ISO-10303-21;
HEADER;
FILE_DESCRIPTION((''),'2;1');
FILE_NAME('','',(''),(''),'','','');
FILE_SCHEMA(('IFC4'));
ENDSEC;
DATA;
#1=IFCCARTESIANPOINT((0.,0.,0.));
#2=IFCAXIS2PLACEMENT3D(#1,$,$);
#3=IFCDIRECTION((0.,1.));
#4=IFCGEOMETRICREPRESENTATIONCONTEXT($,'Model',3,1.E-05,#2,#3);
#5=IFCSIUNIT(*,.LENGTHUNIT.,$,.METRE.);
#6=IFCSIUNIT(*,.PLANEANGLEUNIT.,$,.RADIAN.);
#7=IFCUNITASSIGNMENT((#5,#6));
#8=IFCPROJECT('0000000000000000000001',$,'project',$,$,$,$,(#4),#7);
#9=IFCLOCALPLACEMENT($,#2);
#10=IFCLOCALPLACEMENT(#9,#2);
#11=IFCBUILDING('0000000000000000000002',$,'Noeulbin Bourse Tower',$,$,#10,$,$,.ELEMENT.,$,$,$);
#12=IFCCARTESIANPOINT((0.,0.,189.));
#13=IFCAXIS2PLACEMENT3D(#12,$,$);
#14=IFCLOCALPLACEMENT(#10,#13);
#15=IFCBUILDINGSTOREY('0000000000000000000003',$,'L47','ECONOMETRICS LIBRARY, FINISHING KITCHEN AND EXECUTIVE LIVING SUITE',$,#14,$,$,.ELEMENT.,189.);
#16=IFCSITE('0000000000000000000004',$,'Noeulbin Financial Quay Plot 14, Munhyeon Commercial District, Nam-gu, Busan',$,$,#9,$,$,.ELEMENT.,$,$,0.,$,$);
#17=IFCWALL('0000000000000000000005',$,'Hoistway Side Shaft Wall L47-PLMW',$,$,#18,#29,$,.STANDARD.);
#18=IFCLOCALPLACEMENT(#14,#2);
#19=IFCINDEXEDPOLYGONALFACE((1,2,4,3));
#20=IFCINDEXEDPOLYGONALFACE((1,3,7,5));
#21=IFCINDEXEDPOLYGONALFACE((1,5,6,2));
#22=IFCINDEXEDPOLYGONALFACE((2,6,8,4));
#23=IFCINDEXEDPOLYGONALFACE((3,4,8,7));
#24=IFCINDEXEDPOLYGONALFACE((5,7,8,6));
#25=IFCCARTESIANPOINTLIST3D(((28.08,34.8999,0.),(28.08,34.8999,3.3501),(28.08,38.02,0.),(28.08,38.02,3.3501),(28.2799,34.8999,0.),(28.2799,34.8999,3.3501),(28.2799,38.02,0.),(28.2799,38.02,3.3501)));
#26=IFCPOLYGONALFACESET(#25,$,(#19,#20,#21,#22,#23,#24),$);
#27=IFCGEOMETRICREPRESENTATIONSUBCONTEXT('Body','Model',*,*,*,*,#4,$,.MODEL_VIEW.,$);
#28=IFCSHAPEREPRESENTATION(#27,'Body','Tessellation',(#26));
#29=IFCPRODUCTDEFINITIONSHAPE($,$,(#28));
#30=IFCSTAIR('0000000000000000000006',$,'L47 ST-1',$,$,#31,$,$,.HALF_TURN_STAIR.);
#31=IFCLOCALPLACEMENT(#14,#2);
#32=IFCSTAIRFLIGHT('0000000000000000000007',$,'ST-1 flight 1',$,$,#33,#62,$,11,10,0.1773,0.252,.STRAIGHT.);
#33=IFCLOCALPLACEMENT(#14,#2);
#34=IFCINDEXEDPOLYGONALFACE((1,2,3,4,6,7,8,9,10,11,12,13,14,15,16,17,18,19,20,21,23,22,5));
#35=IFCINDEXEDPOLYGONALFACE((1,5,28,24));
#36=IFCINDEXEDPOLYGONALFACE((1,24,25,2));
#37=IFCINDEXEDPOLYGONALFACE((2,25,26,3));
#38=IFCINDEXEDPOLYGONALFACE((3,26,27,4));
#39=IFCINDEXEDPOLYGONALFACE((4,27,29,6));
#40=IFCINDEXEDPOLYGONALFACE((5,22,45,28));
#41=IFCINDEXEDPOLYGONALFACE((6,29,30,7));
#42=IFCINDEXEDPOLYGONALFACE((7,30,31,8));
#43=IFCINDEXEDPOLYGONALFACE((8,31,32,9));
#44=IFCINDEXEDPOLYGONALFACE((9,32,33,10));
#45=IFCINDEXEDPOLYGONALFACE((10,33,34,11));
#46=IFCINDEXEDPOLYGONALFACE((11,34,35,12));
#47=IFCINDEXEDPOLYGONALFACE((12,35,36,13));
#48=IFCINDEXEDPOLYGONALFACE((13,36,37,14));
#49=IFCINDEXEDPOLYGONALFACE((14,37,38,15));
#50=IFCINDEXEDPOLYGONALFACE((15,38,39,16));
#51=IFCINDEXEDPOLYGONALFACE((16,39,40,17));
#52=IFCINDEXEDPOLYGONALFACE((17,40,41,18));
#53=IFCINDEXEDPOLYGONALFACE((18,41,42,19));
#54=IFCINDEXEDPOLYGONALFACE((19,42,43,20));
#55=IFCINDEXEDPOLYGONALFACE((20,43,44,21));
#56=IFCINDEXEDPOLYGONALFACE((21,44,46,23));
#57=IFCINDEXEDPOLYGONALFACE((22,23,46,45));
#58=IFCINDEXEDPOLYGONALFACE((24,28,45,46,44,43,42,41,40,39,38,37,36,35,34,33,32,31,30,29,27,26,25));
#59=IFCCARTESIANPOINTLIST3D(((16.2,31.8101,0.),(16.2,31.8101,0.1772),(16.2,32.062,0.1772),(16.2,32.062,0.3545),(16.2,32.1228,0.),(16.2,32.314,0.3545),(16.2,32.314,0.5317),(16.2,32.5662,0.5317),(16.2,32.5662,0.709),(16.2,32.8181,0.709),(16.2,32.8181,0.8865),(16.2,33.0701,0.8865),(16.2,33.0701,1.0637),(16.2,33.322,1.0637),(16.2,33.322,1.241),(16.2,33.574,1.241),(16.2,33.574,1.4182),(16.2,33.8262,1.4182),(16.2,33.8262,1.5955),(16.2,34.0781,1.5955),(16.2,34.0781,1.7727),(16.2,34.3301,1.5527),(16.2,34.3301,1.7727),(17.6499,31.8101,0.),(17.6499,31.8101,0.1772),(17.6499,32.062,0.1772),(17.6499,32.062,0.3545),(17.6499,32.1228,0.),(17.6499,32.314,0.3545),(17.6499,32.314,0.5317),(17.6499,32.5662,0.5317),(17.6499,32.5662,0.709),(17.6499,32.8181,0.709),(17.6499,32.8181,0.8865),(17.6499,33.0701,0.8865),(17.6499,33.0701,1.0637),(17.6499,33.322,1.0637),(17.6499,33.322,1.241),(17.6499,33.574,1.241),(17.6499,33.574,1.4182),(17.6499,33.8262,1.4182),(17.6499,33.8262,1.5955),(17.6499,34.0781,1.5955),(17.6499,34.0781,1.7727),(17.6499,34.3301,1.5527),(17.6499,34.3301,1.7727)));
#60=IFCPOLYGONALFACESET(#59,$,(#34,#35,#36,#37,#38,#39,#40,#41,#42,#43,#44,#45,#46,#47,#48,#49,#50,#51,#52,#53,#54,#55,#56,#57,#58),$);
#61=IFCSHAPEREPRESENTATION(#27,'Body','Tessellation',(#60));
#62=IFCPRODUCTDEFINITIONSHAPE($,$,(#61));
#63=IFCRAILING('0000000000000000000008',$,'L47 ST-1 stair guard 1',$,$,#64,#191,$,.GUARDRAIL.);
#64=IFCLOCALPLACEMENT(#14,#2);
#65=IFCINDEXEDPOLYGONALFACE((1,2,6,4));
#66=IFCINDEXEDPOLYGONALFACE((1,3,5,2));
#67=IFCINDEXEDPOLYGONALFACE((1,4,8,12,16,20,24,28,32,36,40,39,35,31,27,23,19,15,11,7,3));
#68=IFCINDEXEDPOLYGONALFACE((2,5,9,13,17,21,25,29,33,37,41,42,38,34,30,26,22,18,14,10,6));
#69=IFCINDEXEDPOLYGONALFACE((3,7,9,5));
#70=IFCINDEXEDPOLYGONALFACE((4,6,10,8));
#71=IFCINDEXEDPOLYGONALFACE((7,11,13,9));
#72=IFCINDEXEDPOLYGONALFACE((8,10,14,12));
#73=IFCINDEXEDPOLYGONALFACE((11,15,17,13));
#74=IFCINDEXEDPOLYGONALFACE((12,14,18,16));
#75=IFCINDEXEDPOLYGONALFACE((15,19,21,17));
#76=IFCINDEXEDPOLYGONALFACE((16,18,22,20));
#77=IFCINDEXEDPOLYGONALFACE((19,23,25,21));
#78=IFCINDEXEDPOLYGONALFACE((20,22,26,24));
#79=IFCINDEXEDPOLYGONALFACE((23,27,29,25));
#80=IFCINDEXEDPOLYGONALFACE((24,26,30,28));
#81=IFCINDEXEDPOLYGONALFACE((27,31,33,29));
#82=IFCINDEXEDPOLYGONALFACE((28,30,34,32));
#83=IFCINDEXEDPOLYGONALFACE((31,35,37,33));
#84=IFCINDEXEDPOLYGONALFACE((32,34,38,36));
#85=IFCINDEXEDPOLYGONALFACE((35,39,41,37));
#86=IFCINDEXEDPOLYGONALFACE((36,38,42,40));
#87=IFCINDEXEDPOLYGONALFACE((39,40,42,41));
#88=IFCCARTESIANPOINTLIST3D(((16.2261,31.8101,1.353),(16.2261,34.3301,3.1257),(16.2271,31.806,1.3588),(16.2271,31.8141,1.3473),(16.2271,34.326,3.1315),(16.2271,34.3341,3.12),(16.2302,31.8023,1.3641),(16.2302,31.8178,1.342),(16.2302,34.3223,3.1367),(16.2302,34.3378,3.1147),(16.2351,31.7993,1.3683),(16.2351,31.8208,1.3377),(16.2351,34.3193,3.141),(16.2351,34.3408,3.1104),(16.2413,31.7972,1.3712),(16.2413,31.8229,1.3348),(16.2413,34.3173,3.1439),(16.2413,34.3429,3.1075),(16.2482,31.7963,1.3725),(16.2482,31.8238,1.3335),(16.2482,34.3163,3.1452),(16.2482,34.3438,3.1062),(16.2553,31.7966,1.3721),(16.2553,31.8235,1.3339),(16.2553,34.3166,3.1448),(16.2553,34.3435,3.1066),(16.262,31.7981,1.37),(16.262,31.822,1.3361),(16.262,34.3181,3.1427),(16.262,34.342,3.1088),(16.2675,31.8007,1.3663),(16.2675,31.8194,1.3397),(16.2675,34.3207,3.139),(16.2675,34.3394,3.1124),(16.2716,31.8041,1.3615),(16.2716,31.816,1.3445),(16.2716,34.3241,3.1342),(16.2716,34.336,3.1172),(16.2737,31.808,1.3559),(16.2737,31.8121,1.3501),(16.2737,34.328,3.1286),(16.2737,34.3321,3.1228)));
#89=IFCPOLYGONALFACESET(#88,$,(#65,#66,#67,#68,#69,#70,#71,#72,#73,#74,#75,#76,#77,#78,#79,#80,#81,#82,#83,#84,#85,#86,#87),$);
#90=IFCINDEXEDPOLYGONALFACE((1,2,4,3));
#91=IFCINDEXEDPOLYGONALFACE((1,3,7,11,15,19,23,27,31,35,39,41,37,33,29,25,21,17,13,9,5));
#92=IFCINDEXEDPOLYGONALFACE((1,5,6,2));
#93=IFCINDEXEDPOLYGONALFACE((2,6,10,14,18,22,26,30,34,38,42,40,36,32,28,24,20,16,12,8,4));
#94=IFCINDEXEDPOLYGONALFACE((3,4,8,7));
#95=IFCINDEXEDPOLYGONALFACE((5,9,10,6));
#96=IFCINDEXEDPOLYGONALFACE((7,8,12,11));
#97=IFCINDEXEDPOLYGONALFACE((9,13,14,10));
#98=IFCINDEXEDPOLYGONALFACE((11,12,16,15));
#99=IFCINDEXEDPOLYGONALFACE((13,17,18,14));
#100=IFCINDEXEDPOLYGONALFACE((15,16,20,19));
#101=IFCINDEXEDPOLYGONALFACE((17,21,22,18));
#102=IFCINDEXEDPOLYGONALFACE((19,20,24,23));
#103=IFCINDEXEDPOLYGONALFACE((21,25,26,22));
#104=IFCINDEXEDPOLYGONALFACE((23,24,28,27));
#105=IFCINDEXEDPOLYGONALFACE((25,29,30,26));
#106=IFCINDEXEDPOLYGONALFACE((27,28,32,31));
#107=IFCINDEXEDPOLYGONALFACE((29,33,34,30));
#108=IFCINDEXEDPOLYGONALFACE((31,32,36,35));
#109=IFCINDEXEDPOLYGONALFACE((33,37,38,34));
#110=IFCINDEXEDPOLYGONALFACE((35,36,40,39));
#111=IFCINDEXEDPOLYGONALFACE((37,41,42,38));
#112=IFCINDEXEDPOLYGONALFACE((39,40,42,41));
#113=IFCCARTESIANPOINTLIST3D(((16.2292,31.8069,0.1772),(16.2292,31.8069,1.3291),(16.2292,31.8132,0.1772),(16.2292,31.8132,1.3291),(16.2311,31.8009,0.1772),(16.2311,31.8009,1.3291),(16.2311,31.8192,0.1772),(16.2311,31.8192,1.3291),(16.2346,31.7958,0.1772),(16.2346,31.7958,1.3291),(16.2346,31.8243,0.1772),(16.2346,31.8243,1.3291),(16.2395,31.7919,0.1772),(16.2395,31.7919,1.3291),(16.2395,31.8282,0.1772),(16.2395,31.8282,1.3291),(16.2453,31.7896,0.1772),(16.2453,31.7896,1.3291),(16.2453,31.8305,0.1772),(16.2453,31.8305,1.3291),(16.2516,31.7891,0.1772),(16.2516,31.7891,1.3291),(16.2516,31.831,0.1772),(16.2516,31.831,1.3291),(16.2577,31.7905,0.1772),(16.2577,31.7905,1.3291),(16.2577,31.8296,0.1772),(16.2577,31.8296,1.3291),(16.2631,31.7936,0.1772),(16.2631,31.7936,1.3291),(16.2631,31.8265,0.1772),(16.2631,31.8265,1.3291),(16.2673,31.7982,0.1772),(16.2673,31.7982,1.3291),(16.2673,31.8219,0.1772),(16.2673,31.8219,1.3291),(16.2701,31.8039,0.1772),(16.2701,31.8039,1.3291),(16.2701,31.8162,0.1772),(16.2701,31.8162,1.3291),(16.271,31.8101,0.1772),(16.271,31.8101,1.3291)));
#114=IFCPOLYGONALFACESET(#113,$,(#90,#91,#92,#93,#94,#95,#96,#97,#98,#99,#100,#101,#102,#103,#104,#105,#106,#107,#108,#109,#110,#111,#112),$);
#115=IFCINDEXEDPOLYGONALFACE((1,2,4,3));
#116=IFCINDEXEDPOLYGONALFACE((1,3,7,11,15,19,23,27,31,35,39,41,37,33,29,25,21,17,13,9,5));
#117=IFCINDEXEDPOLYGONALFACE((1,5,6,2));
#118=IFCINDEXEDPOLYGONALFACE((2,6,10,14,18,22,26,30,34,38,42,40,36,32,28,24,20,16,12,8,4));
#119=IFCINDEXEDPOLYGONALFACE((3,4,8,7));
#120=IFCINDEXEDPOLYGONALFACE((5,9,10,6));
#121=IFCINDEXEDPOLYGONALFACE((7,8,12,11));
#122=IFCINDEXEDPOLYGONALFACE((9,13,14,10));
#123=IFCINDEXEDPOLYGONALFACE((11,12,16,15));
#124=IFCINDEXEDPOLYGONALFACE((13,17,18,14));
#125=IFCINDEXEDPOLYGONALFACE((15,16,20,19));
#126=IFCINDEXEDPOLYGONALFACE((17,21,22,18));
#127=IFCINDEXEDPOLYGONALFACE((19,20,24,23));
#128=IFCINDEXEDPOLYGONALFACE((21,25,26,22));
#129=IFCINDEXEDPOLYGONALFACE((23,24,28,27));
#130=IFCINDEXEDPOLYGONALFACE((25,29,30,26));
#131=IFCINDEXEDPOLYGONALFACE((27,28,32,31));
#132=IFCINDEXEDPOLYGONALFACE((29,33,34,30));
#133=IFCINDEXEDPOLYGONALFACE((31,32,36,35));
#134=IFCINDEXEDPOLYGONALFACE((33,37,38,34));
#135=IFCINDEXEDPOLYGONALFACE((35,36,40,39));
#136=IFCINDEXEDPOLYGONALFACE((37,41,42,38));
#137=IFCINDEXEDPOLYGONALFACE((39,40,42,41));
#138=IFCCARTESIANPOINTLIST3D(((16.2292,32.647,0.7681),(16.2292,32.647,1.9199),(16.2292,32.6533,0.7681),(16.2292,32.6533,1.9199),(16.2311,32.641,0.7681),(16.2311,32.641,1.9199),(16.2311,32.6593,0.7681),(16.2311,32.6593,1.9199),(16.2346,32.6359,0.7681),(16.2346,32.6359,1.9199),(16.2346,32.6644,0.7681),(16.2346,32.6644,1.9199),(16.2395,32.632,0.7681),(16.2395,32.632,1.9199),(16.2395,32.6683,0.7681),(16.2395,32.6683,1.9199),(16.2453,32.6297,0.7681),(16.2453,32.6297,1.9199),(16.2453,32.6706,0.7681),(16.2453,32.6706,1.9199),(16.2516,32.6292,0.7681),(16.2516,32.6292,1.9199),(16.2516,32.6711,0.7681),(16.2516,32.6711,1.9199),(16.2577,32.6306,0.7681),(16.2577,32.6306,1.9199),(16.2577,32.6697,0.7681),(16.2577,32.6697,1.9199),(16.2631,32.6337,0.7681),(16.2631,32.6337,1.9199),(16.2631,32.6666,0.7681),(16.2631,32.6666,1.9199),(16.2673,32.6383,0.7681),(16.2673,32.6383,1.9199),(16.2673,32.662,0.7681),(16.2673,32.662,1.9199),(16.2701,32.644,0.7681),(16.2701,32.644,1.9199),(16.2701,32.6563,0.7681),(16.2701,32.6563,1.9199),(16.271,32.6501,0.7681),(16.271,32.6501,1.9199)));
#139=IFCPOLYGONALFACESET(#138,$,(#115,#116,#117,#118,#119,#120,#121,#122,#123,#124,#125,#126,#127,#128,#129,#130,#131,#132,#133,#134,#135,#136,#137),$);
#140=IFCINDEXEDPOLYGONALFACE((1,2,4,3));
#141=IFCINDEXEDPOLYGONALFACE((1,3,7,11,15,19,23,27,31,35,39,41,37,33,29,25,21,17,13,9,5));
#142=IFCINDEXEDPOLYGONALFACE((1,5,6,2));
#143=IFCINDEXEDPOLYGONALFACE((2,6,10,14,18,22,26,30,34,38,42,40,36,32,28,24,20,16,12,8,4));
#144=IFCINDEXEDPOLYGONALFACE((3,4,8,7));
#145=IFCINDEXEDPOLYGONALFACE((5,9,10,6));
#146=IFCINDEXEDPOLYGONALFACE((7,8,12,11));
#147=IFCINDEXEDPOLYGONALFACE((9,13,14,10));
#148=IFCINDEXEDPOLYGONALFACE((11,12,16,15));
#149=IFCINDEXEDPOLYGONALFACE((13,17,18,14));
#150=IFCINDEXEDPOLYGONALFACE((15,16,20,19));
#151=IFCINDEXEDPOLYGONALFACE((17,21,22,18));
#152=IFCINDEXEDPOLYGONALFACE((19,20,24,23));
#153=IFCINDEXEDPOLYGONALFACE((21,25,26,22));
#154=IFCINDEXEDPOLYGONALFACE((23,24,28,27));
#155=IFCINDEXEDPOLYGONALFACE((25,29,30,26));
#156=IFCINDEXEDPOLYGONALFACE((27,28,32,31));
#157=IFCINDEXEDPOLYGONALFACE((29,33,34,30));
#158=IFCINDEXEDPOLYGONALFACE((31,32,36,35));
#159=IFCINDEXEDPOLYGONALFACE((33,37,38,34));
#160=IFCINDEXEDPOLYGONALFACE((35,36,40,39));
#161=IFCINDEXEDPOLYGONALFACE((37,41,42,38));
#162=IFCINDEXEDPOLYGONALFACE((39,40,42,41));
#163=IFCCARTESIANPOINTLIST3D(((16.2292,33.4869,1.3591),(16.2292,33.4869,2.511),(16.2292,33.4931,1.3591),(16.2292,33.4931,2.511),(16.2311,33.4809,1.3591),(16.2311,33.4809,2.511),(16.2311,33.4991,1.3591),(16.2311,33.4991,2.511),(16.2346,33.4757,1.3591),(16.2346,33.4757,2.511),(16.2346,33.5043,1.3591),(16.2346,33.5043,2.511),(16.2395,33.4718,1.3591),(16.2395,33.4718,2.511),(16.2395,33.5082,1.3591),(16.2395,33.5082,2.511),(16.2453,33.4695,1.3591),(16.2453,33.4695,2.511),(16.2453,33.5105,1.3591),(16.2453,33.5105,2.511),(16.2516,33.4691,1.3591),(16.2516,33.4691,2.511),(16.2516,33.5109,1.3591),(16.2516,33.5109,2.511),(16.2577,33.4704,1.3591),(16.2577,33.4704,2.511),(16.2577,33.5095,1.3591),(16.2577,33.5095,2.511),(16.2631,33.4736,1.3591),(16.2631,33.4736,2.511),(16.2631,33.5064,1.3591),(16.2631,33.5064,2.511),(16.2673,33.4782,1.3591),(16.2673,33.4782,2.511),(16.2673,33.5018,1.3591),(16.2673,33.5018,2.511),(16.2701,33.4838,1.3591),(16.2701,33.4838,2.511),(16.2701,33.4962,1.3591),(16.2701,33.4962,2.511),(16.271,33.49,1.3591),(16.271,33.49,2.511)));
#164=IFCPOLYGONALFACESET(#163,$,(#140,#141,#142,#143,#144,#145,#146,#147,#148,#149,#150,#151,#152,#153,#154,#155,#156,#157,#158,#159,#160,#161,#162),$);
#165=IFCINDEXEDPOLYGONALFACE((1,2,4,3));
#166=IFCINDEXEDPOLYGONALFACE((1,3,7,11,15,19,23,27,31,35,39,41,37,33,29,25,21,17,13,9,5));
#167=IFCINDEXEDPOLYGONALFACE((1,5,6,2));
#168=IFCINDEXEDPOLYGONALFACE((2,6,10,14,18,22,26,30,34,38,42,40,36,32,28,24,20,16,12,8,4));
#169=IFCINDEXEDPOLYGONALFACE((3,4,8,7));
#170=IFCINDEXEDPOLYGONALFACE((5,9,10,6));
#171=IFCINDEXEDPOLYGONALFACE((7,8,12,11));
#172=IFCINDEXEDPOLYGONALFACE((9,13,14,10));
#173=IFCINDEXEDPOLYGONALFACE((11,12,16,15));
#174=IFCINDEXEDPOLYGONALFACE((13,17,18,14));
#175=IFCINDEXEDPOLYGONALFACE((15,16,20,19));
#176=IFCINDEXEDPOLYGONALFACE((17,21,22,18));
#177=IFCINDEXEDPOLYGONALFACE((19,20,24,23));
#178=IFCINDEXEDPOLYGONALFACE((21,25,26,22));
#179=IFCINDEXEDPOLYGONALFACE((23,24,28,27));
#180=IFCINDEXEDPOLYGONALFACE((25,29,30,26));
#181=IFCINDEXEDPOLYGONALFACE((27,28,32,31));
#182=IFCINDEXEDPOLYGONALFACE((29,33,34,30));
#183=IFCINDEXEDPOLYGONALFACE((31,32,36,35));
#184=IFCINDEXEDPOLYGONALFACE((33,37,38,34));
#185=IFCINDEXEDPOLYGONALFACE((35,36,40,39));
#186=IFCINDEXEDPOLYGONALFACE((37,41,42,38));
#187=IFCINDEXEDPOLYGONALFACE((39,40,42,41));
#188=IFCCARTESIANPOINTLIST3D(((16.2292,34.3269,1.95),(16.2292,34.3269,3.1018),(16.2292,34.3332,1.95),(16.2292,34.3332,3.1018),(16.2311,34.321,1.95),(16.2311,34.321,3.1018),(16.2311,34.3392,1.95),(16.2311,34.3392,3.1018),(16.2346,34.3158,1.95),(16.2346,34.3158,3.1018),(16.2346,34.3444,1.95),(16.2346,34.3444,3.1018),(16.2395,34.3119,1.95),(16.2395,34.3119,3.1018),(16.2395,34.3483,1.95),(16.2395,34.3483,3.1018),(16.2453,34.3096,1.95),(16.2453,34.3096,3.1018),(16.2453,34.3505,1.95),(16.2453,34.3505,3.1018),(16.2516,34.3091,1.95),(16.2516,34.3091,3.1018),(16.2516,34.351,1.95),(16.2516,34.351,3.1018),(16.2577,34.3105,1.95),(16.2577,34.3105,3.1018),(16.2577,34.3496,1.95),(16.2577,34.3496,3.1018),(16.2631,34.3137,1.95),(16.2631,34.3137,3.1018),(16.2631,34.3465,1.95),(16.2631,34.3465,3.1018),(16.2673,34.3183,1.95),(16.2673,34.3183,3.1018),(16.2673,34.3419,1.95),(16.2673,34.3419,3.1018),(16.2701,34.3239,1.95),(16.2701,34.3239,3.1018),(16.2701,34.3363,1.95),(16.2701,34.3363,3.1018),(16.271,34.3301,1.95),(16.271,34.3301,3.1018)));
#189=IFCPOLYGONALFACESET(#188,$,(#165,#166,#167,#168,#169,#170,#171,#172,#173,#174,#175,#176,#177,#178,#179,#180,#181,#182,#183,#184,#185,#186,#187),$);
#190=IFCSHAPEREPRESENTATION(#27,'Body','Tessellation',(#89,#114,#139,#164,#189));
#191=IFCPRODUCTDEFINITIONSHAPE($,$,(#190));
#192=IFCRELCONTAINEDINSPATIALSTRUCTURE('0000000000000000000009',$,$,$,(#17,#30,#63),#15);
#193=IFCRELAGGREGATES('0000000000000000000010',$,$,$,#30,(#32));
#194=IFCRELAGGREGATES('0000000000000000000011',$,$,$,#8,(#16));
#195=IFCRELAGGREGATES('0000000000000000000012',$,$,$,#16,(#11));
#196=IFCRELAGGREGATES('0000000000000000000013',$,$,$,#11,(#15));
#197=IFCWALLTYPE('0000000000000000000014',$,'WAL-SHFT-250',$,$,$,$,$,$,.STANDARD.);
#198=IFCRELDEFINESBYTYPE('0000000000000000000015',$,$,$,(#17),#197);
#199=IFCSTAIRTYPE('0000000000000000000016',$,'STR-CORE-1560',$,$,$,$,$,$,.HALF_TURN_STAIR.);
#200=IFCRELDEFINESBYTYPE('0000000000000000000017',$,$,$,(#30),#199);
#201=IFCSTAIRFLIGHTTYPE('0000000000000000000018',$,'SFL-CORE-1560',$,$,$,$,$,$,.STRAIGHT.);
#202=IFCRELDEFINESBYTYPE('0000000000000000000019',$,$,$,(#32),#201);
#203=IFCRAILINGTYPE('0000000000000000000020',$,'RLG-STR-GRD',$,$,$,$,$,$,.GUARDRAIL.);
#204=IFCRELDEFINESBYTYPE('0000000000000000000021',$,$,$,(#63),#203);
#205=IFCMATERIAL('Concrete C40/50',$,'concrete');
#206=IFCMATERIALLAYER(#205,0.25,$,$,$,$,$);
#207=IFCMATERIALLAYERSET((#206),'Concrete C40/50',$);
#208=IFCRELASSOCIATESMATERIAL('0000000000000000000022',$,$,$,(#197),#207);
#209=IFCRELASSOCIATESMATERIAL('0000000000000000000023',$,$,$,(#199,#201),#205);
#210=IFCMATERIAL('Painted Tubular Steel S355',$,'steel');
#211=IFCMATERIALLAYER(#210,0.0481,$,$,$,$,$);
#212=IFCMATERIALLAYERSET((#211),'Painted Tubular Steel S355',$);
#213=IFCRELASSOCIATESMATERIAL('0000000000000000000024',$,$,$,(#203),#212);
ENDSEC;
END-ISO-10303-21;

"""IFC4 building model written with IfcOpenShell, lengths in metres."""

from ifc_helpers import new_model, si_unit, direction, frame, frame_2d, origin, origin_2d, place, context, subcontext, project, spatial, polyline, rectangle, circle, outline, extrude, material, layer, layer_set, type_object, element, aggregate, save


model = new_model("IFC4")

# Units and contexts
model_context = context("Model", 3, precision=1e-05, world=origin(), true_north=direction((0.0, 1.0)))
body_context = subcontext(model_context, "Body", "Model", "MODEL_VIEW")
ifc_project = project(units=[si_unit("LENGTHUNIT", "METRE"), si_unit("PLANEANGLEUNIT", "RADIAN")], contexts=[model_context])

# Site, building, storey
site_placement = place(None, origin())
site = spatial("IfcSite", under=ifc_project, at=site_placement, Name="Noeulbin Financial Quay Plot 14, Munhyeon Commercial District, Nam-gu, Busan", CompositionType="ELEMENT", RefElevation=0.0)
building_placement = place(site_placement, origin())
building = spatial("IfcBuilding", under=site, at=building_placement, Name="Noeulbin Bourse Tower", CompositionType="ELEMENT")
storey_placement = place(building_placement, frame((0.0, 0.0, 189.0)))
storey = spatial("IfcBuildingStorey", under=building, at=storey_placement, Name="L47", Description="ECONOMETRICS LIBRARY, FINISHING KITCHEN AND EXECUTIVE LIVING SUITE", CompositionType="ELEMENT", Elevation=189.0)

# Shared definitions
ifc_material_1 = material(Name="Concrete C40/50", Category="concrete")

# Shared definitions
ifc_layer_1 = layer(ifc_material_1, 0.25)
ifc_layer_set_1 = layer_set([ifc_layer_1], Name="Concrete C40/50")
wall_type_1 = type_object("IfcWallType", Name="WAL-SHFT-250", PredefinedType="STANDARD", material=ifc_layer_set_1)

# Wall
wall_1_placement = place(storey_placement, frame((28.1799, 34.8999, 0.0), z_axis=(0.0, 0.0, 1.0), x_axis=(0.0, 1.0, 0.0)))
element("IfcWall", 1, at=wall_1_placement, inside=storey, type_object=wall_type_1, Name="Hoistway Side Shaft Wall L47-PLMW", PredefinedType="STANDARD", context=body_context, shape_type="SweptSolid", body=[
    extrude(rectangle(XDim=3.1201, YDim=0.2, at=frame_2d((1.5601, 0.0))), origin(), (0.0, 0.0, 1.0), 3.3501),
])

# Stair, stair flight
stair_type = type_object("IfcStairType", Name="STR-CORE-1560", PredefinedType="HALF_TURN_STAIR", material=ifc_material_1)
stair_placement = place(storey_placement, origin())
stair = element("IfcStair", 2, at=stair_placement, inside=storey, type_object=stair_type, Name="L47 ST-1", PredefinedType="HALF_TURN_STAIR")
stair_flight_type = type_object("IfcStairFlightType", Name="SFL-CORE-1560", PredefinedType="STRAIGHT", material=ifc_material_1)
stair_flight_placement = place(storey_placement, frame((16.925, 31.8101, 0.0), z_axis=(0.0, 0.0, 1.0), x_axis=(0.0, 1.0, 0.0)))
stair_flight = element("IfcStairFlight", 3, at=stair_flight_placement, type_object=stair_flight_type, Name="ST-1 flight 1", NumberOfRisers=11, NumberOfTreads=10, PredefinedType="STRAIGHT", RiserHeight=0.1773, TreadLength=0.252, context=body_context, shape_type="SweptSolid", body=[
    extrude(outline(polyline([(0.0, 0.0), (0.0, 0.1772), (0.252, 0.1772), (0.252, 0.3545), (0.5039, 0.3545), (0.5039, 0.5317), (0.7561, 0.5317), (0.7561, 0.709), (1.0081, 0.709), (1.0081, 0.8865), (1.26, 0.8865), (1.26, 1.0637), (1.512, 1.0637), (1.512, 1.241), (1.7639, 1.241), (1.7639, 1.4182), (2.0161, 1.4182), (2.0161, 1.5955), (2.2681, 1.5955), (2.2681, 1.7727), (2.52, 1.7727), (2.52, 1.95), (2.52, 1.5527), (0.3127, 0.0), (0.0, 0.0)])), frame((0.0, 0.7251, 0.0), z_axis=(0.0, -1.0, 0.0), x_axis=(1.0, 0.0, 0.0)), (0.0, 0.0, 1.0), 1.45),
])
aggregate(stair, [stair_flight])

# Railing
ifc_material_2 = material(Name="Painted Tubular Steel S355", Category="steel")
ifc_layer_2 = layer(ifc_material_2, 0.0481)
ifc_layer_set_2 = layer_set([ifc_layer_2], Name="Painted Tubular Steel S355")
railing_type_1 = type_object("IfcRailingType", Name="RLG-STR-GRD", PredefinedType="GUARDRAIL", material=ifc_layer_set_2)
railing_1_placement = place(storey_placement, frame((16.25, 31.8101, 0.1772)))
element("IfcRailing", 4, at=railing_1_placement, inside=storey, type_object=railing_type_1, Name="L47 ST-1 stair guard 1", PredefinedType="GUARDRAIL", context=body_context, shape_type="SweptSolid", body=[
    extrude(circle(Radius=0.0239, at=origin_2d()), frame((0.0, 0.0, 1.1758), z_axis=(0.0, 0.817904, 0.575354), x_axis=(-1.0, 0.0, 0.0)), (0.0, 0.0, 1.0), 3.0811),
    extrude(circle(Radius=0.021, at=origin_2d()), origin(), (0.0, 0.0, 1.0), 1.1519),
    extrude(circle(Radius=0.021, at=origin_2d()), frame((0.0, 0.8401, 0.5908)), (0.0, 0.0, 1.0), 1.1519),
    extrude(circle(Radius=0.021, at=origin_2d()), frame((0.0, 1.6799, 1.1819)), (0.0, 0.0, 1.0), 1.1519),
    extrude(circle(Radius=0.021, at=origin_2d()), frame((0.0, 2.52, 1.7727)), (0.0, 0.0, 1.0), 1.1519),
])

save(model, "model.ifc")
